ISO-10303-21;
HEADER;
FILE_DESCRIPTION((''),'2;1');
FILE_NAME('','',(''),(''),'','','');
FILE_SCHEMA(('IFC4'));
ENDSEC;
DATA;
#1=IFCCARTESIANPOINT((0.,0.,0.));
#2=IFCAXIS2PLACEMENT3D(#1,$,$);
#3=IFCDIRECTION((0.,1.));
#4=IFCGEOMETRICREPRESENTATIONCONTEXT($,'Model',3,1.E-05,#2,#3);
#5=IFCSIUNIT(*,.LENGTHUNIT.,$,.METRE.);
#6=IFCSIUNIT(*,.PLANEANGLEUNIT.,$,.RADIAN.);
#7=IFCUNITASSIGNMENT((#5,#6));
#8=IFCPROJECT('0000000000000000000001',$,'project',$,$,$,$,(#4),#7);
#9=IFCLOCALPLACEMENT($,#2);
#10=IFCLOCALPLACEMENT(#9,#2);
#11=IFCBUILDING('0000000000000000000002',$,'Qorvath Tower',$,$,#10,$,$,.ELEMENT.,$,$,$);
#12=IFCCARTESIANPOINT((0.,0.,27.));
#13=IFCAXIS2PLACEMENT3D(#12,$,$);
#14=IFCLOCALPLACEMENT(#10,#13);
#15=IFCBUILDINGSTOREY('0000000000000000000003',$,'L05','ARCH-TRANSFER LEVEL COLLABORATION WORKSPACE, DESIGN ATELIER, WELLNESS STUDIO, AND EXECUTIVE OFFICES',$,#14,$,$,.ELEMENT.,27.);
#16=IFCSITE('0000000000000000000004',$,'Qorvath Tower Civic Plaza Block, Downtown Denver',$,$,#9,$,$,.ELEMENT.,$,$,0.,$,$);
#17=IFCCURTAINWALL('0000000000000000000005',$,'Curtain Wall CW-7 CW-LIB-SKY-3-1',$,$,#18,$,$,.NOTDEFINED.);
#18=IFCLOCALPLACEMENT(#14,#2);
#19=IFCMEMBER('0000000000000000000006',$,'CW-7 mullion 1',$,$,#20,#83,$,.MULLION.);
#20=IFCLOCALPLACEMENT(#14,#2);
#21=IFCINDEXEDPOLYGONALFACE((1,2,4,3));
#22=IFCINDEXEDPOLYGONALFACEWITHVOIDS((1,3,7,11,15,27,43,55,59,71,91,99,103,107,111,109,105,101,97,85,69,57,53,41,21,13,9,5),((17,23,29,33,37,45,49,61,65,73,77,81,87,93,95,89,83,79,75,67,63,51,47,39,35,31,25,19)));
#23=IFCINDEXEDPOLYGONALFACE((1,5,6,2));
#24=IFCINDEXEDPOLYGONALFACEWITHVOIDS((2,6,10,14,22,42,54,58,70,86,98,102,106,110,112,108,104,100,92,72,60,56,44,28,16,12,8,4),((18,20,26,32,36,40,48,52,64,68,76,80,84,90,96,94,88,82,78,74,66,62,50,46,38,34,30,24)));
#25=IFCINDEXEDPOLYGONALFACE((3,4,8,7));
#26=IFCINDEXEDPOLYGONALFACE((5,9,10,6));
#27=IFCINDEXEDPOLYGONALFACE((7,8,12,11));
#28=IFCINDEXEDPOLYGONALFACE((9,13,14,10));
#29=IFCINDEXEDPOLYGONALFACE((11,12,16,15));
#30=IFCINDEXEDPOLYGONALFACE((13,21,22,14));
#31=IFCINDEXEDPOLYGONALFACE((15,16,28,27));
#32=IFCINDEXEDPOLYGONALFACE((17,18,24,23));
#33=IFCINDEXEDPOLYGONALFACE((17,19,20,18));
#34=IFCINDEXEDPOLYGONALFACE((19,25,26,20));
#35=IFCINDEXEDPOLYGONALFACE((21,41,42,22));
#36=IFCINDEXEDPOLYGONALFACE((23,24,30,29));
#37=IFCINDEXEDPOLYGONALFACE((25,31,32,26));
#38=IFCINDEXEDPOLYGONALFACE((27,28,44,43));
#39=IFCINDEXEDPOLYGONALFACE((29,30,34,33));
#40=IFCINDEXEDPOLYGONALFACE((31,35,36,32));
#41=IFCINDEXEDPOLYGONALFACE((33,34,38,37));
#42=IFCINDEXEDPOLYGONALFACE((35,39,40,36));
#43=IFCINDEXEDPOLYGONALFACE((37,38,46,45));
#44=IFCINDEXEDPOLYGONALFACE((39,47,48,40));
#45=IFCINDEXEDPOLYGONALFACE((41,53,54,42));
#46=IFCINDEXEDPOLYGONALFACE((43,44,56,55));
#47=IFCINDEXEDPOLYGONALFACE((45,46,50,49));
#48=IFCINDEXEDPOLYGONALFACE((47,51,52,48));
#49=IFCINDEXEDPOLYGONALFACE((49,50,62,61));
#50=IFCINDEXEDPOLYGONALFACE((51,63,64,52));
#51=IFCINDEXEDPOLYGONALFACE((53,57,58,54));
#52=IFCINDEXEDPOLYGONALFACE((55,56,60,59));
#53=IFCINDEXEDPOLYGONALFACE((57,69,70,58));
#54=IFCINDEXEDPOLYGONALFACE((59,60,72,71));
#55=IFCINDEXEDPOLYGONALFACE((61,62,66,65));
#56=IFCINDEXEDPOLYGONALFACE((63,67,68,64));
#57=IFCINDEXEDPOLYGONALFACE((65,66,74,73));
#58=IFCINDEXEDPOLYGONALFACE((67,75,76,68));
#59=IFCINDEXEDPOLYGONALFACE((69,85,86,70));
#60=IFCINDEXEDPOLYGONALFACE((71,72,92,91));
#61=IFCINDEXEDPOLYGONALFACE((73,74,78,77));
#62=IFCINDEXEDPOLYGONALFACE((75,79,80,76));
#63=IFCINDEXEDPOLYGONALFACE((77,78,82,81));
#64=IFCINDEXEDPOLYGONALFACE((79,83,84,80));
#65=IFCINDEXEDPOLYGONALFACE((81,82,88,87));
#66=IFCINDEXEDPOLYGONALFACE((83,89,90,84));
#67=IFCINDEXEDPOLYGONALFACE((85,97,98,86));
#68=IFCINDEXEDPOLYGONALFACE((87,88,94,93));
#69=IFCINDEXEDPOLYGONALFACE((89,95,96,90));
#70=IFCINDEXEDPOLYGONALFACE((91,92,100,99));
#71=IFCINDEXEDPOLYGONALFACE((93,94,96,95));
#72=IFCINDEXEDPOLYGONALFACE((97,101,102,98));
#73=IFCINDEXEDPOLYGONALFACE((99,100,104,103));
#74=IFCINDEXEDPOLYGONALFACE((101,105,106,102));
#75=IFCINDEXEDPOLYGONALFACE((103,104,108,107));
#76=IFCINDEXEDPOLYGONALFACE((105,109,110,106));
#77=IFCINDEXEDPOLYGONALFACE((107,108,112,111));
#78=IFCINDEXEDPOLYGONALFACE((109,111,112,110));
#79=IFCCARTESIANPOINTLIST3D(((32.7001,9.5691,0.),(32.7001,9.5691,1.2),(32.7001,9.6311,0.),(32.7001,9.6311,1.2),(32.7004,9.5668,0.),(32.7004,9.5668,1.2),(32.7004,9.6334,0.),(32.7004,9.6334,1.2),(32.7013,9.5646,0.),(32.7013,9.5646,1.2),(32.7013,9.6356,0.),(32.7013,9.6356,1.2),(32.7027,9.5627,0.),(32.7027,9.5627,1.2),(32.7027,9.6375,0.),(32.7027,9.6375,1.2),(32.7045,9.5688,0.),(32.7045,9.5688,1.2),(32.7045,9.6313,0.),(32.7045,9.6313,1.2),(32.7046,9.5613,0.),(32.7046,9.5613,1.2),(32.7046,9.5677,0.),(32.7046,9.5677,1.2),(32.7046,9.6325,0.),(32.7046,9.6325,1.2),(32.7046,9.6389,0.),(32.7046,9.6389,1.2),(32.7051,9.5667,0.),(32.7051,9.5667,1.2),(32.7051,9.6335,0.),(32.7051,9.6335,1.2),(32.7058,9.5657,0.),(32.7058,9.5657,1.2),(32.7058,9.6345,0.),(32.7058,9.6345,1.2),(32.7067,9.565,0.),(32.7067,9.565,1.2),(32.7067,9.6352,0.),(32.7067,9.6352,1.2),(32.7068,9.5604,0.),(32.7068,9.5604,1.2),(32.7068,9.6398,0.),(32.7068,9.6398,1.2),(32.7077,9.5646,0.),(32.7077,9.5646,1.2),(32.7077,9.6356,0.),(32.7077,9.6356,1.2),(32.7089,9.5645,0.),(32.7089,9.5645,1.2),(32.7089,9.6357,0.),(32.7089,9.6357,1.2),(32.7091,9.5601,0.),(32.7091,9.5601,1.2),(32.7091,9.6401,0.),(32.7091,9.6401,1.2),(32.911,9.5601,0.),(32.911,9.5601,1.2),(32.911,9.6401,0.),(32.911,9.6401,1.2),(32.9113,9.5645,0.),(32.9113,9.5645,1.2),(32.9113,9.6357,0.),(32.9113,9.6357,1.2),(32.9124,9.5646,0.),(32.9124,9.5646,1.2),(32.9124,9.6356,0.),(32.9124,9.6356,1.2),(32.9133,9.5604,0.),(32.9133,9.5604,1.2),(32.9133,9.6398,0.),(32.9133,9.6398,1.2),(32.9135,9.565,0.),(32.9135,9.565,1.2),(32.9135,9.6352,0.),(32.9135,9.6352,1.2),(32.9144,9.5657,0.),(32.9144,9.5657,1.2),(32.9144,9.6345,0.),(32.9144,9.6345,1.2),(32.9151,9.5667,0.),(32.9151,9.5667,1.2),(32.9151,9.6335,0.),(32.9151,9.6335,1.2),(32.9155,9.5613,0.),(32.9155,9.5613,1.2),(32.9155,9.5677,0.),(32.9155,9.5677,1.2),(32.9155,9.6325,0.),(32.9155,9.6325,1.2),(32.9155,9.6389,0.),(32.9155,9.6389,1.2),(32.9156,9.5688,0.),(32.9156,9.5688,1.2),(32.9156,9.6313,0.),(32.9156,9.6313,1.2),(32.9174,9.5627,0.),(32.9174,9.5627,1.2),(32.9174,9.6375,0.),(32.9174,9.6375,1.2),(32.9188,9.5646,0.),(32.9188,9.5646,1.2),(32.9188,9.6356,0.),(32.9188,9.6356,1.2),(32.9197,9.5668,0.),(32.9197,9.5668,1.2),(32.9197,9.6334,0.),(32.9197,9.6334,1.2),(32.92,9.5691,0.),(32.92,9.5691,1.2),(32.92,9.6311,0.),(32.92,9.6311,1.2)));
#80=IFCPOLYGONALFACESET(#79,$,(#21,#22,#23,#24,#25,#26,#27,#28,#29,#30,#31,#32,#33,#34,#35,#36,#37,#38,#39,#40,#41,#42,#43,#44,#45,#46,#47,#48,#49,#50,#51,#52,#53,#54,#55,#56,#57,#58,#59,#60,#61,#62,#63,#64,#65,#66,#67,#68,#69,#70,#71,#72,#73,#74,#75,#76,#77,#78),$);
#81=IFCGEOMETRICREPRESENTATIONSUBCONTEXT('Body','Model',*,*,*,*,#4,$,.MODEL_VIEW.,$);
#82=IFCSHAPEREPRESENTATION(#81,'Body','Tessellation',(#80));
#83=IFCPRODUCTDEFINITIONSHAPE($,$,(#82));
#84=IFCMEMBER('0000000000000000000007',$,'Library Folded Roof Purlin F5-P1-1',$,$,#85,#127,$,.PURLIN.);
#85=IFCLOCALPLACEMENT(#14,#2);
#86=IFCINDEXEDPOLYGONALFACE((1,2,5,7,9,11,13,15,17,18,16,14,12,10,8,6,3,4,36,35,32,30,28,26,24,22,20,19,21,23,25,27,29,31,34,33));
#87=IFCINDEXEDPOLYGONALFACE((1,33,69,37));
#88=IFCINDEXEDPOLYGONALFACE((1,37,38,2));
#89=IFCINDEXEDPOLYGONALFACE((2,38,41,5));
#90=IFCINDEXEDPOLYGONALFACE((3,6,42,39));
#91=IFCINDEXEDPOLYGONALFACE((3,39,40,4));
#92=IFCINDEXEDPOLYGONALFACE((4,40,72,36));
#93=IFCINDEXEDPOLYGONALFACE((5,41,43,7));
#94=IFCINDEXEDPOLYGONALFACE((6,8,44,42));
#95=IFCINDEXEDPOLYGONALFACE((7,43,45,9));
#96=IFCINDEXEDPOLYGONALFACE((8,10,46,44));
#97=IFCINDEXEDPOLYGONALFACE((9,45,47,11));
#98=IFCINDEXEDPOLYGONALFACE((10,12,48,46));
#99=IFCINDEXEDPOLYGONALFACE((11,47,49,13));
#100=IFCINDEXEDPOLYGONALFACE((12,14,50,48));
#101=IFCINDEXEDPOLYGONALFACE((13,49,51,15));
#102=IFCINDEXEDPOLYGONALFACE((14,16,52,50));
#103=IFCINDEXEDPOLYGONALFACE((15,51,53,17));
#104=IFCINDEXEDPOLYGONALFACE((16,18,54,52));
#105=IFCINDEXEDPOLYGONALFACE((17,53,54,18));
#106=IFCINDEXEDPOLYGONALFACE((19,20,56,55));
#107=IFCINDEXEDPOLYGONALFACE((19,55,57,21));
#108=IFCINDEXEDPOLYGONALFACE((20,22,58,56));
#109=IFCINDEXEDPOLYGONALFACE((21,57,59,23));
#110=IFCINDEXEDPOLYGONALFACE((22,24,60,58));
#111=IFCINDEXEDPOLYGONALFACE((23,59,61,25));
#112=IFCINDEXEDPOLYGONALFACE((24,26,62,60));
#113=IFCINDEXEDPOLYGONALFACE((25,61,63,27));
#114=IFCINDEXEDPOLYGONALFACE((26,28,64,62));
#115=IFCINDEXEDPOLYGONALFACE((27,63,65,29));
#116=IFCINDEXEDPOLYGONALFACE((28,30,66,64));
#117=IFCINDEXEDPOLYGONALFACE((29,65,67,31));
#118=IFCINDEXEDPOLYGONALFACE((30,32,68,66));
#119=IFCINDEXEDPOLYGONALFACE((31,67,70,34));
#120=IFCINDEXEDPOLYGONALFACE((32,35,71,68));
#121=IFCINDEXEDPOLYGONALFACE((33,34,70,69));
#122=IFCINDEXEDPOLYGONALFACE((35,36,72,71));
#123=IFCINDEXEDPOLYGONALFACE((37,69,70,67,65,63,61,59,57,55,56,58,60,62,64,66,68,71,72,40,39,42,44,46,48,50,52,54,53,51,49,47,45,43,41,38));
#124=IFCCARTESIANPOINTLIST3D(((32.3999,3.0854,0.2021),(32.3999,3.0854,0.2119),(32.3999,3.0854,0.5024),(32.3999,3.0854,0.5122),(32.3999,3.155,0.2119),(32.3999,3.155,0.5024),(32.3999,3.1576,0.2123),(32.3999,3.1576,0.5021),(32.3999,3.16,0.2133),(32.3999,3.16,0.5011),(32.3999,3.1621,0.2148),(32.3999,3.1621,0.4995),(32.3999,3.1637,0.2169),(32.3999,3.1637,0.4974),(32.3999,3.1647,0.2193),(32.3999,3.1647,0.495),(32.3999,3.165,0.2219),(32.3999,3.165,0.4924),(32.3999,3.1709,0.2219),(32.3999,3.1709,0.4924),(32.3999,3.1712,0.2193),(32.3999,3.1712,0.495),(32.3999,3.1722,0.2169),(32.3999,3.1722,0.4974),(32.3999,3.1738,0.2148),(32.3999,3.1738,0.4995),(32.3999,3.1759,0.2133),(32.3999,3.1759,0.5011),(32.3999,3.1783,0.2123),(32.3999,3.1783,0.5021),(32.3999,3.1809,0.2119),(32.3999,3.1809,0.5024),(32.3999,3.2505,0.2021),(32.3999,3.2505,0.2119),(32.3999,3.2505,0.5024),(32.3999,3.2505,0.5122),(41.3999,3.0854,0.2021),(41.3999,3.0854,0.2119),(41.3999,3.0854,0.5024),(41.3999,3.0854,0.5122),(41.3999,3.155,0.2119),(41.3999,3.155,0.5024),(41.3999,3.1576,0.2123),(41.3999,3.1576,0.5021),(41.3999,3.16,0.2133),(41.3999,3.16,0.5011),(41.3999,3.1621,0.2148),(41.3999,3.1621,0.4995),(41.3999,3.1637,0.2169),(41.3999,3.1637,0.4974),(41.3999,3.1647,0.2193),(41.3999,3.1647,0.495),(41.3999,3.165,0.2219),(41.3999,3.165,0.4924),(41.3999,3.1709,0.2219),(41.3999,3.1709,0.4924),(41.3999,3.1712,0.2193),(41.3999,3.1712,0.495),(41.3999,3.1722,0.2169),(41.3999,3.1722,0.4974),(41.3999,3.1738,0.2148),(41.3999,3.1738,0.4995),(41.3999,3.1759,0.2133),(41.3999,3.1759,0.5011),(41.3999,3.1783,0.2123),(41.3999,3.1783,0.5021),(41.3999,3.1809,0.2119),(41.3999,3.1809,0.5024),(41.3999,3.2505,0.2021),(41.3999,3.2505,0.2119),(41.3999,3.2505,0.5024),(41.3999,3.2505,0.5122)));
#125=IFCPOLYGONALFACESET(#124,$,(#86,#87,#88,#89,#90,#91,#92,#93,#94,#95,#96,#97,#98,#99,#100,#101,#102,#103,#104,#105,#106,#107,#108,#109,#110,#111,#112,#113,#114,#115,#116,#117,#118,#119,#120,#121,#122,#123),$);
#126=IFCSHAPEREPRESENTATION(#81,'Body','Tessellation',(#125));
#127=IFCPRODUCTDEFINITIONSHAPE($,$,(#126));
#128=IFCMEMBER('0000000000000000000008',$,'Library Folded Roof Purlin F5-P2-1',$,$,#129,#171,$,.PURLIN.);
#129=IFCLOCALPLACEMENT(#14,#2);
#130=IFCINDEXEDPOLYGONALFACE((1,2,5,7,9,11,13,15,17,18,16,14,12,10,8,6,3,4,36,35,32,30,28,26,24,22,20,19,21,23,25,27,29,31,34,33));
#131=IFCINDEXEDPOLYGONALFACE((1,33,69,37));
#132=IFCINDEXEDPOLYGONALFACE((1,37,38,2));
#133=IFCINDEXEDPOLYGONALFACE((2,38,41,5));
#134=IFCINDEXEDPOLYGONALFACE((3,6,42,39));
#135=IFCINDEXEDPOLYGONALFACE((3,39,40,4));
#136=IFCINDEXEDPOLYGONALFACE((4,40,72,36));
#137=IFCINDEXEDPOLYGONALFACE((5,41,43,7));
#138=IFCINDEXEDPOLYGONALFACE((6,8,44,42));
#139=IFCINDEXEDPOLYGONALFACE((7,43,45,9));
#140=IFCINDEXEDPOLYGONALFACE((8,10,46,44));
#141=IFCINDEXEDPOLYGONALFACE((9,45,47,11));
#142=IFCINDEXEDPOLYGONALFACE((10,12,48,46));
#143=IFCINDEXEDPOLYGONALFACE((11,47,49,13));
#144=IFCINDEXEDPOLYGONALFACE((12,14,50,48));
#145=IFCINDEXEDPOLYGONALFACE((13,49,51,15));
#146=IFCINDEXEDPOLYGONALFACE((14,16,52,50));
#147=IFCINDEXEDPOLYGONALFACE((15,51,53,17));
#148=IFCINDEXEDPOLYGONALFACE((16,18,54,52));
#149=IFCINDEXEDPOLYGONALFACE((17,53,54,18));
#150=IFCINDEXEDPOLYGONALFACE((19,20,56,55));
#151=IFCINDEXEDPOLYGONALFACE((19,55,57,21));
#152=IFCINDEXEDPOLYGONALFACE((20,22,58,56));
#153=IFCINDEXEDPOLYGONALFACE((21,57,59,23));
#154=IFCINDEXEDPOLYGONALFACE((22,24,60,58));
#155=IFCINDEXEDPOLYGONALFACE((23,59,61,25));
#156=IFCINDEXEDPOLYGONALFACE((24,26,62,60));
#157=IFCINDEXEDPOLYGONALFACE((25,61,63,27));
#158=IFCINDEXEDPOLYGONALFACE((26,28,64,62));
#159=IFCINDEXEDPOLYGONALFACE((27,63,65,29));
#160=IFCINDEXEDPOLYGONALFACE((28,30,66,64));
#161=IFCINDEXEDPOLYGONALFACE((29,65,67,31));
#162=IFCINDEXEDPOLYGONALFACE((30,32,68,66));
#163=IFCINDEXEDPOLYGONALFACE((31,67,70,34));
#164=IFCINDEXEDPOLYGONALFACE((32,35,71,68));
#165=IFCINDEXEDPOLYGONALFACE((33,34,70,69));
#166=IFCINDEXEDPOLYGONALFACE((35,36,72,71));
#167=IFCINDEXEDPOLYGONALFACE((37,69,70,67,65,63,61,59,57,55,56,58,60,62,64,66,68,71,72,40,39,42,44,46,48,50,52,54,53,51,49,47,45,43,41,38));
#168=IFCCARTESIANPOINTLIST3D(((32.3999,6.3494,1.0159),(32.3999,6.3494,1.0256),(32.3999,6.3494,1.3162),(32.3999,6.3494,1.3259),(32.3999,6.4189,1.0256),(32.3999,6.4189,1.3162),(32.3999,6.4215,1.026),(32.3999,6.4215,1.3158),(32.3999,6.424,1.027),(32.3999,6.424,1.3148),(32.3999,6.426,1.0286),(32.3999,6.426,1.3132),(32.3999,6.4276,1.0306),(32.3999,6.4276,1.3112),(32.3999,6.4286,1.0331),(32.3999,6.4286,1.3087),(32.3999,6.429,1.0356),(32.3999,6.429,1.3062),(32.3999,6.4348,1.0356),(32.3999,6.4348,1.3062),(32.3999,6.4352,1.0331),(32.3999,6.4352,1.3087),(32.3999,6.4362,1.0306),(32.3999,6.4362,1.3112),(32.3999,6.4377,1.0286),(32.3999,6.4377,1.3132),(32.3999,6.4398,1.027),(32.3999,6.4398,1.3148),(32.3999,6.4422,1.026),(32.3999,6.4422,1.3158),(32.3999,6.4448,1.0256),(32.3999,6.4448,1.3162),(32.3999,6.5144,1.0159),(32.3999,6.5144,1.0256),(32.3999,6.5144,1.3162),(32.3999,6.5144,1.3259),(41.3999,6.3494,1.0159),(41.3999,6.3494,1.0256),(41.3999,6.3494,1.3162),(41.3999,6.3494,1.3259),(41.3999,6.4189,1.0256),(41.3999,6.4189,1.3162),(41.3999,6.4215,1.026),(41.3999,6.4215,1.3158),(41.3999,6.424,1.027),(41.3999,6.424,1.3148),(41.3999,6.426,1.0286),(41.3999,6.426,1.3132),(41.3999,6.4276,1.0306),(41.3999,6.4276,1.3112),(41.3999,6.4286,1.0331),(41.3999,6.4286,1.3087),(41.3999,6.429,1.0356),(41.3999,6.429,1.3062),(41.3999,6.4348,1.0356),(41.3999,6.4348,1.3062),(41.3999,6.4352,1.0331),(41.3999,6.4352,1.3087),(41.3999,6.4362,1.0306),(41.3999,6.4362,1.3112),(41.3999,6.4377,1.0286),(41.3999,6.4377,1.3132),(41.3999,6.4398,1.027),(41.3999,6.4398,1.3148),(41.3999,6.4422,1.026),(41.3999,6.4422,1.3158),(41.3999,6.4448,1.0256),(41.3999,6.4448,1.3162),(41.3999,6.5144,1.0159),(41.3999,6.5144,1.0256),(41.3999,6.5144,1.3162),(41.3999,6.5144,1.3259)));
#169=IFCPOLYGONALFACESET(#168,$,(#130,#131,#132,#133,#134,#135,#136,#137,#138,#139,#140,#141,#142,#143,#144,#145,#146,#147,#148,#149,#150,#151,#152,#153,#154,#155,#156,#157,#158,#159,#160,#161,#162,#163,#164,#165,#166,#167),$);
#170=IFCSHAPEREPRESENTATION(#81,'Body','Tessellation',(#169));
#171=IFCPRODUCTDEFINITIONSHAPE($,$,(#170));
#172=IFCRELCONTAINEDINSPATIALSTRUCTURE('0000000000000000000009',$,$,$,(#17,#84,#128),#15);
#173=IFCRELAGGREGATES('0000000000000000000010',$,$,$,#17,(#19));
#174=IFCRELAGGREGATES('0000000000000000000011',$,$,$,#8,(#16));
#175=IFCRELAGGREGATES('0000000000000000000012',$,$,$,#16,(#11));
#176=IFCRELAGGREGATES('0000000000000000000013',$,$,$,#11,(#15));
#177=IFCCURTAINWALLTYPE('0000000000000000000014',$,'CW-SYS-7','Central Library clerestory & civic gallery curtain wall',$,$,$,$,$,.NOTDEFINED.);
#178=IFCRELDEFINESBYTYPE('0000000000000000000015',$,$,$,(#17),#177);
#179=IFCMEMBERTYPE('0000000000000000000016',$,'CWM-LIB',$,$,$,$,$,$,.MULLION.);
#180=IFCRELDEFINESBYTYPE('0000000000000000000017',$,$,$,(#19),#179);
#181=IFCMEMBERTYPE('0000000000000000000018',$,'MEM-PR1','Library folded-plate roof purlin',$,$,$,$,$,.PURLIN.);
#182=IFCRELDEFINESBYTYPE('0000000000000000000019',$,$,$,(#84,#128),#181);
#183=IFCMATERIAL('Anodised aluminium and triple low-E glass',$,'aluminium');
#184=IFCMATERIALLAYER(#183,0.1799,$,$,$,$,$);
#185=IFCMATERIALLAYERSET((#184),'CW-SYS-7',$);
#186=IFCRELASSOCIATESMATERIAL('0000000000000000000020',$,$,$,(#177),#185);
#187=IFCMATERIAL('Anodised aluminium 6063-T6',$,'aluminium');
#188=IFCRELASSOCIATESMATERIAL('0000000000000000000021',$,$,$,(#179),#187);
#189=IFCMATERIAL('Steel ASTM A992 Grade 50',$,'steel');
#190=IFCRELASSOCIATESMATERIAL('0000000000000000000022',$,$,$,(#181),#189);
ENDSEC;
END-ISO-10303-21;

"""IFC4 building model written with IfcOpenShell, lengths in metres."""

from ifc_helpers import new_model, si_unit, direction, frame, origin, origin_2d, place, context, subcontext, project, spatial, hollow_rectangle, i_section, extrude, material, layer, layer_set, material_profile, profile_set, type_object, element, aggregate, save


model = new_model("IFC4")

# Units and contexts
model_context = context("Model", 3, precision=1e-05, world=origin(), true_north=direction((0.0, 1.0)))
body_context = subcontext(model_context, "Body", "Model", "MODEL_VIEW")
ifc_project = project(units=[si_unit("LENGTHUNIT", "METRE"), si_unit("PLANEANGLEUNIT", "RADIAN")], contexts=[model_context])

# Site, building, storey
site_placement = place(None, origin())
site = spatial("IfcSite", under=ifc_project, at=site_placement, Name="Qorvath Tower Civic Plaza Block, Downtown Denver", CompositionType="ELEMENT", RefElevation=0.0)
building_placement = place(site_placement, origin())
building = spatial("IfcBuilding", under=site, at=building_placement, Name="Qorvath Tower", CompositionType="ELEMENT")
storey_placement = place(building_placement, frame((0.0, 0.0, 27.0)))
storey = spatial("IfcBuildingStorey", under=building, at=storey_placement, Name="L05", Description="ARCH-TRANSFER LEVEL COLLABORATION WORKSPACE, DESIGN ATELIER, WELLNESS STUDIO, AND EXECUTIVE OFFICES", CompositionType="ELEMENT", Elevation=27.0)

# Curtain wall, member
ifc_material_1 = material(Name="Anodised aluminium and triple low-E glass", Category="aluminium")
ifc_layer_1 = layer(ifc_material_1, 0.1799)
ifc_layer_set_1 = layer_set([ifc_layer_1], Name="CW-SYS-7")
curtain_wall_type = type_object("IfcCurtainWallType", Name="CW-SYS-7", Description="Central Library clerestory & civic gallery curtain wall", PredefinedType="NOTDEFINED", material=ifc_layer_set_1)
curtain_wall_placement = place(storey_placement, origin())
curtain_wall = element("IfcCurtainWall", 1, at=curtain_wall_placement, inside=storey, type_object=curtain_wall_type, Name="Curtain Wall CW-7 CW-LIB-SKY-3-1", PredefinedType="NOTDEFINED")
ifc_material_2 = material(Name="Anodised aluminium 6063-T6", Category="aluminium")
ifc_material_profile_1 = material_profile(ifc_material_2, hollow_rectangle(XDim=0.0801, YDim=0.22, WallThickness=0.0044, InnerFilletRadius=0.0044, OuterFilletRadius=0.009, at=origin_2d()), Name="CWM LIB 220x80")
ifc_profile_set_1 = profile_set([ifc_material_profile_1], Name="Anodised aluminium 6063-T6")
member_type_1 = type_object("IfcMemberType", Name="CWM-LIB", PredefinedType="MULLION", material=ifc_profile_set_1)
member_1_placement = place(storey_placement, frame((32.8101, 9.6001, 0.0), z_axis=(0.0, 0.0, 1.0), x_axis=(0.0, 1.0, 0.0)))
member_1 = element("IfcMember", 2, at=member_1_placement, type_object=member_type_1, Name="CW-7 mullion 1", PredefinedType="MULLION", context=body_context, shape_type="SweptSolid", body=[
    extrude(hollow_rectangle(XDim=0.0801, YDim=0.22, WallThickness=0.0044, InnerFilletRadius=0.0044, OuterFilletRadius=0.009, at=origin_2d()), origin(), (0.0, 0.0, 1.0), 1.2),
])
aggregate(curtain_wall, [member_1])

# Members
ifc_material_3 = material(Name="Steel ASTM A992 Grade 50", Category="steel")
ifc_material_profile_2 = material_profile(ifc_material_3, i_section(OverallWidth=0.165, OverallDepth=0.3101, WebThickness=0.0059, FlangeThickness=0.0098, FilletRadius=0.01, at=origin_2d()), Name="W12x26")
ifc_profile_set_2 = profile_set([ifc_material_profile_2], Name="Steel ASTM A992 Grade 50")
member_type_2 = type_object("IfcMemberType", Name="MEM-PR1", Description="Library folded-plate roof purlin", PredefinedType="PURLIN", material=ifc_profile_set_2)
for number, where, z_axis, x_axis, name in (
    (3, (32.3999, 3.168, 0.3572), (1.0, 0.0, 0.0), (0.0, 1.0, 0.0), "Library Folded Roof Purlin F5-P1-1"),
    (4, (32.3999, 6.4319, 1.1709), (1.0, 0.0, 0.0), (0.0, 1.0, 0.0), "Library Folded Roof Purlin F5-P2-1"),
):
    element("IfcMember", number, at=place(storey_placement, frame(where, z_axis=z_axis, x_axis=x_axis)), inside=storey, type_object=member_type_2, Name=name, PredefinedType="PURLIN", context=body_context, shape_type="SweptSolid", body=[
        extrude(i_section(OverallWidth=0.165, OverallDepth=0.3101, WebThickness=0.0059, FlangeThickness=0.0098, FilletRadius=0.01, at=origin_2d()), origin(), (0.0, 0.0, 1.0), 9.0),
    ])

save(model, "model.ifc")
